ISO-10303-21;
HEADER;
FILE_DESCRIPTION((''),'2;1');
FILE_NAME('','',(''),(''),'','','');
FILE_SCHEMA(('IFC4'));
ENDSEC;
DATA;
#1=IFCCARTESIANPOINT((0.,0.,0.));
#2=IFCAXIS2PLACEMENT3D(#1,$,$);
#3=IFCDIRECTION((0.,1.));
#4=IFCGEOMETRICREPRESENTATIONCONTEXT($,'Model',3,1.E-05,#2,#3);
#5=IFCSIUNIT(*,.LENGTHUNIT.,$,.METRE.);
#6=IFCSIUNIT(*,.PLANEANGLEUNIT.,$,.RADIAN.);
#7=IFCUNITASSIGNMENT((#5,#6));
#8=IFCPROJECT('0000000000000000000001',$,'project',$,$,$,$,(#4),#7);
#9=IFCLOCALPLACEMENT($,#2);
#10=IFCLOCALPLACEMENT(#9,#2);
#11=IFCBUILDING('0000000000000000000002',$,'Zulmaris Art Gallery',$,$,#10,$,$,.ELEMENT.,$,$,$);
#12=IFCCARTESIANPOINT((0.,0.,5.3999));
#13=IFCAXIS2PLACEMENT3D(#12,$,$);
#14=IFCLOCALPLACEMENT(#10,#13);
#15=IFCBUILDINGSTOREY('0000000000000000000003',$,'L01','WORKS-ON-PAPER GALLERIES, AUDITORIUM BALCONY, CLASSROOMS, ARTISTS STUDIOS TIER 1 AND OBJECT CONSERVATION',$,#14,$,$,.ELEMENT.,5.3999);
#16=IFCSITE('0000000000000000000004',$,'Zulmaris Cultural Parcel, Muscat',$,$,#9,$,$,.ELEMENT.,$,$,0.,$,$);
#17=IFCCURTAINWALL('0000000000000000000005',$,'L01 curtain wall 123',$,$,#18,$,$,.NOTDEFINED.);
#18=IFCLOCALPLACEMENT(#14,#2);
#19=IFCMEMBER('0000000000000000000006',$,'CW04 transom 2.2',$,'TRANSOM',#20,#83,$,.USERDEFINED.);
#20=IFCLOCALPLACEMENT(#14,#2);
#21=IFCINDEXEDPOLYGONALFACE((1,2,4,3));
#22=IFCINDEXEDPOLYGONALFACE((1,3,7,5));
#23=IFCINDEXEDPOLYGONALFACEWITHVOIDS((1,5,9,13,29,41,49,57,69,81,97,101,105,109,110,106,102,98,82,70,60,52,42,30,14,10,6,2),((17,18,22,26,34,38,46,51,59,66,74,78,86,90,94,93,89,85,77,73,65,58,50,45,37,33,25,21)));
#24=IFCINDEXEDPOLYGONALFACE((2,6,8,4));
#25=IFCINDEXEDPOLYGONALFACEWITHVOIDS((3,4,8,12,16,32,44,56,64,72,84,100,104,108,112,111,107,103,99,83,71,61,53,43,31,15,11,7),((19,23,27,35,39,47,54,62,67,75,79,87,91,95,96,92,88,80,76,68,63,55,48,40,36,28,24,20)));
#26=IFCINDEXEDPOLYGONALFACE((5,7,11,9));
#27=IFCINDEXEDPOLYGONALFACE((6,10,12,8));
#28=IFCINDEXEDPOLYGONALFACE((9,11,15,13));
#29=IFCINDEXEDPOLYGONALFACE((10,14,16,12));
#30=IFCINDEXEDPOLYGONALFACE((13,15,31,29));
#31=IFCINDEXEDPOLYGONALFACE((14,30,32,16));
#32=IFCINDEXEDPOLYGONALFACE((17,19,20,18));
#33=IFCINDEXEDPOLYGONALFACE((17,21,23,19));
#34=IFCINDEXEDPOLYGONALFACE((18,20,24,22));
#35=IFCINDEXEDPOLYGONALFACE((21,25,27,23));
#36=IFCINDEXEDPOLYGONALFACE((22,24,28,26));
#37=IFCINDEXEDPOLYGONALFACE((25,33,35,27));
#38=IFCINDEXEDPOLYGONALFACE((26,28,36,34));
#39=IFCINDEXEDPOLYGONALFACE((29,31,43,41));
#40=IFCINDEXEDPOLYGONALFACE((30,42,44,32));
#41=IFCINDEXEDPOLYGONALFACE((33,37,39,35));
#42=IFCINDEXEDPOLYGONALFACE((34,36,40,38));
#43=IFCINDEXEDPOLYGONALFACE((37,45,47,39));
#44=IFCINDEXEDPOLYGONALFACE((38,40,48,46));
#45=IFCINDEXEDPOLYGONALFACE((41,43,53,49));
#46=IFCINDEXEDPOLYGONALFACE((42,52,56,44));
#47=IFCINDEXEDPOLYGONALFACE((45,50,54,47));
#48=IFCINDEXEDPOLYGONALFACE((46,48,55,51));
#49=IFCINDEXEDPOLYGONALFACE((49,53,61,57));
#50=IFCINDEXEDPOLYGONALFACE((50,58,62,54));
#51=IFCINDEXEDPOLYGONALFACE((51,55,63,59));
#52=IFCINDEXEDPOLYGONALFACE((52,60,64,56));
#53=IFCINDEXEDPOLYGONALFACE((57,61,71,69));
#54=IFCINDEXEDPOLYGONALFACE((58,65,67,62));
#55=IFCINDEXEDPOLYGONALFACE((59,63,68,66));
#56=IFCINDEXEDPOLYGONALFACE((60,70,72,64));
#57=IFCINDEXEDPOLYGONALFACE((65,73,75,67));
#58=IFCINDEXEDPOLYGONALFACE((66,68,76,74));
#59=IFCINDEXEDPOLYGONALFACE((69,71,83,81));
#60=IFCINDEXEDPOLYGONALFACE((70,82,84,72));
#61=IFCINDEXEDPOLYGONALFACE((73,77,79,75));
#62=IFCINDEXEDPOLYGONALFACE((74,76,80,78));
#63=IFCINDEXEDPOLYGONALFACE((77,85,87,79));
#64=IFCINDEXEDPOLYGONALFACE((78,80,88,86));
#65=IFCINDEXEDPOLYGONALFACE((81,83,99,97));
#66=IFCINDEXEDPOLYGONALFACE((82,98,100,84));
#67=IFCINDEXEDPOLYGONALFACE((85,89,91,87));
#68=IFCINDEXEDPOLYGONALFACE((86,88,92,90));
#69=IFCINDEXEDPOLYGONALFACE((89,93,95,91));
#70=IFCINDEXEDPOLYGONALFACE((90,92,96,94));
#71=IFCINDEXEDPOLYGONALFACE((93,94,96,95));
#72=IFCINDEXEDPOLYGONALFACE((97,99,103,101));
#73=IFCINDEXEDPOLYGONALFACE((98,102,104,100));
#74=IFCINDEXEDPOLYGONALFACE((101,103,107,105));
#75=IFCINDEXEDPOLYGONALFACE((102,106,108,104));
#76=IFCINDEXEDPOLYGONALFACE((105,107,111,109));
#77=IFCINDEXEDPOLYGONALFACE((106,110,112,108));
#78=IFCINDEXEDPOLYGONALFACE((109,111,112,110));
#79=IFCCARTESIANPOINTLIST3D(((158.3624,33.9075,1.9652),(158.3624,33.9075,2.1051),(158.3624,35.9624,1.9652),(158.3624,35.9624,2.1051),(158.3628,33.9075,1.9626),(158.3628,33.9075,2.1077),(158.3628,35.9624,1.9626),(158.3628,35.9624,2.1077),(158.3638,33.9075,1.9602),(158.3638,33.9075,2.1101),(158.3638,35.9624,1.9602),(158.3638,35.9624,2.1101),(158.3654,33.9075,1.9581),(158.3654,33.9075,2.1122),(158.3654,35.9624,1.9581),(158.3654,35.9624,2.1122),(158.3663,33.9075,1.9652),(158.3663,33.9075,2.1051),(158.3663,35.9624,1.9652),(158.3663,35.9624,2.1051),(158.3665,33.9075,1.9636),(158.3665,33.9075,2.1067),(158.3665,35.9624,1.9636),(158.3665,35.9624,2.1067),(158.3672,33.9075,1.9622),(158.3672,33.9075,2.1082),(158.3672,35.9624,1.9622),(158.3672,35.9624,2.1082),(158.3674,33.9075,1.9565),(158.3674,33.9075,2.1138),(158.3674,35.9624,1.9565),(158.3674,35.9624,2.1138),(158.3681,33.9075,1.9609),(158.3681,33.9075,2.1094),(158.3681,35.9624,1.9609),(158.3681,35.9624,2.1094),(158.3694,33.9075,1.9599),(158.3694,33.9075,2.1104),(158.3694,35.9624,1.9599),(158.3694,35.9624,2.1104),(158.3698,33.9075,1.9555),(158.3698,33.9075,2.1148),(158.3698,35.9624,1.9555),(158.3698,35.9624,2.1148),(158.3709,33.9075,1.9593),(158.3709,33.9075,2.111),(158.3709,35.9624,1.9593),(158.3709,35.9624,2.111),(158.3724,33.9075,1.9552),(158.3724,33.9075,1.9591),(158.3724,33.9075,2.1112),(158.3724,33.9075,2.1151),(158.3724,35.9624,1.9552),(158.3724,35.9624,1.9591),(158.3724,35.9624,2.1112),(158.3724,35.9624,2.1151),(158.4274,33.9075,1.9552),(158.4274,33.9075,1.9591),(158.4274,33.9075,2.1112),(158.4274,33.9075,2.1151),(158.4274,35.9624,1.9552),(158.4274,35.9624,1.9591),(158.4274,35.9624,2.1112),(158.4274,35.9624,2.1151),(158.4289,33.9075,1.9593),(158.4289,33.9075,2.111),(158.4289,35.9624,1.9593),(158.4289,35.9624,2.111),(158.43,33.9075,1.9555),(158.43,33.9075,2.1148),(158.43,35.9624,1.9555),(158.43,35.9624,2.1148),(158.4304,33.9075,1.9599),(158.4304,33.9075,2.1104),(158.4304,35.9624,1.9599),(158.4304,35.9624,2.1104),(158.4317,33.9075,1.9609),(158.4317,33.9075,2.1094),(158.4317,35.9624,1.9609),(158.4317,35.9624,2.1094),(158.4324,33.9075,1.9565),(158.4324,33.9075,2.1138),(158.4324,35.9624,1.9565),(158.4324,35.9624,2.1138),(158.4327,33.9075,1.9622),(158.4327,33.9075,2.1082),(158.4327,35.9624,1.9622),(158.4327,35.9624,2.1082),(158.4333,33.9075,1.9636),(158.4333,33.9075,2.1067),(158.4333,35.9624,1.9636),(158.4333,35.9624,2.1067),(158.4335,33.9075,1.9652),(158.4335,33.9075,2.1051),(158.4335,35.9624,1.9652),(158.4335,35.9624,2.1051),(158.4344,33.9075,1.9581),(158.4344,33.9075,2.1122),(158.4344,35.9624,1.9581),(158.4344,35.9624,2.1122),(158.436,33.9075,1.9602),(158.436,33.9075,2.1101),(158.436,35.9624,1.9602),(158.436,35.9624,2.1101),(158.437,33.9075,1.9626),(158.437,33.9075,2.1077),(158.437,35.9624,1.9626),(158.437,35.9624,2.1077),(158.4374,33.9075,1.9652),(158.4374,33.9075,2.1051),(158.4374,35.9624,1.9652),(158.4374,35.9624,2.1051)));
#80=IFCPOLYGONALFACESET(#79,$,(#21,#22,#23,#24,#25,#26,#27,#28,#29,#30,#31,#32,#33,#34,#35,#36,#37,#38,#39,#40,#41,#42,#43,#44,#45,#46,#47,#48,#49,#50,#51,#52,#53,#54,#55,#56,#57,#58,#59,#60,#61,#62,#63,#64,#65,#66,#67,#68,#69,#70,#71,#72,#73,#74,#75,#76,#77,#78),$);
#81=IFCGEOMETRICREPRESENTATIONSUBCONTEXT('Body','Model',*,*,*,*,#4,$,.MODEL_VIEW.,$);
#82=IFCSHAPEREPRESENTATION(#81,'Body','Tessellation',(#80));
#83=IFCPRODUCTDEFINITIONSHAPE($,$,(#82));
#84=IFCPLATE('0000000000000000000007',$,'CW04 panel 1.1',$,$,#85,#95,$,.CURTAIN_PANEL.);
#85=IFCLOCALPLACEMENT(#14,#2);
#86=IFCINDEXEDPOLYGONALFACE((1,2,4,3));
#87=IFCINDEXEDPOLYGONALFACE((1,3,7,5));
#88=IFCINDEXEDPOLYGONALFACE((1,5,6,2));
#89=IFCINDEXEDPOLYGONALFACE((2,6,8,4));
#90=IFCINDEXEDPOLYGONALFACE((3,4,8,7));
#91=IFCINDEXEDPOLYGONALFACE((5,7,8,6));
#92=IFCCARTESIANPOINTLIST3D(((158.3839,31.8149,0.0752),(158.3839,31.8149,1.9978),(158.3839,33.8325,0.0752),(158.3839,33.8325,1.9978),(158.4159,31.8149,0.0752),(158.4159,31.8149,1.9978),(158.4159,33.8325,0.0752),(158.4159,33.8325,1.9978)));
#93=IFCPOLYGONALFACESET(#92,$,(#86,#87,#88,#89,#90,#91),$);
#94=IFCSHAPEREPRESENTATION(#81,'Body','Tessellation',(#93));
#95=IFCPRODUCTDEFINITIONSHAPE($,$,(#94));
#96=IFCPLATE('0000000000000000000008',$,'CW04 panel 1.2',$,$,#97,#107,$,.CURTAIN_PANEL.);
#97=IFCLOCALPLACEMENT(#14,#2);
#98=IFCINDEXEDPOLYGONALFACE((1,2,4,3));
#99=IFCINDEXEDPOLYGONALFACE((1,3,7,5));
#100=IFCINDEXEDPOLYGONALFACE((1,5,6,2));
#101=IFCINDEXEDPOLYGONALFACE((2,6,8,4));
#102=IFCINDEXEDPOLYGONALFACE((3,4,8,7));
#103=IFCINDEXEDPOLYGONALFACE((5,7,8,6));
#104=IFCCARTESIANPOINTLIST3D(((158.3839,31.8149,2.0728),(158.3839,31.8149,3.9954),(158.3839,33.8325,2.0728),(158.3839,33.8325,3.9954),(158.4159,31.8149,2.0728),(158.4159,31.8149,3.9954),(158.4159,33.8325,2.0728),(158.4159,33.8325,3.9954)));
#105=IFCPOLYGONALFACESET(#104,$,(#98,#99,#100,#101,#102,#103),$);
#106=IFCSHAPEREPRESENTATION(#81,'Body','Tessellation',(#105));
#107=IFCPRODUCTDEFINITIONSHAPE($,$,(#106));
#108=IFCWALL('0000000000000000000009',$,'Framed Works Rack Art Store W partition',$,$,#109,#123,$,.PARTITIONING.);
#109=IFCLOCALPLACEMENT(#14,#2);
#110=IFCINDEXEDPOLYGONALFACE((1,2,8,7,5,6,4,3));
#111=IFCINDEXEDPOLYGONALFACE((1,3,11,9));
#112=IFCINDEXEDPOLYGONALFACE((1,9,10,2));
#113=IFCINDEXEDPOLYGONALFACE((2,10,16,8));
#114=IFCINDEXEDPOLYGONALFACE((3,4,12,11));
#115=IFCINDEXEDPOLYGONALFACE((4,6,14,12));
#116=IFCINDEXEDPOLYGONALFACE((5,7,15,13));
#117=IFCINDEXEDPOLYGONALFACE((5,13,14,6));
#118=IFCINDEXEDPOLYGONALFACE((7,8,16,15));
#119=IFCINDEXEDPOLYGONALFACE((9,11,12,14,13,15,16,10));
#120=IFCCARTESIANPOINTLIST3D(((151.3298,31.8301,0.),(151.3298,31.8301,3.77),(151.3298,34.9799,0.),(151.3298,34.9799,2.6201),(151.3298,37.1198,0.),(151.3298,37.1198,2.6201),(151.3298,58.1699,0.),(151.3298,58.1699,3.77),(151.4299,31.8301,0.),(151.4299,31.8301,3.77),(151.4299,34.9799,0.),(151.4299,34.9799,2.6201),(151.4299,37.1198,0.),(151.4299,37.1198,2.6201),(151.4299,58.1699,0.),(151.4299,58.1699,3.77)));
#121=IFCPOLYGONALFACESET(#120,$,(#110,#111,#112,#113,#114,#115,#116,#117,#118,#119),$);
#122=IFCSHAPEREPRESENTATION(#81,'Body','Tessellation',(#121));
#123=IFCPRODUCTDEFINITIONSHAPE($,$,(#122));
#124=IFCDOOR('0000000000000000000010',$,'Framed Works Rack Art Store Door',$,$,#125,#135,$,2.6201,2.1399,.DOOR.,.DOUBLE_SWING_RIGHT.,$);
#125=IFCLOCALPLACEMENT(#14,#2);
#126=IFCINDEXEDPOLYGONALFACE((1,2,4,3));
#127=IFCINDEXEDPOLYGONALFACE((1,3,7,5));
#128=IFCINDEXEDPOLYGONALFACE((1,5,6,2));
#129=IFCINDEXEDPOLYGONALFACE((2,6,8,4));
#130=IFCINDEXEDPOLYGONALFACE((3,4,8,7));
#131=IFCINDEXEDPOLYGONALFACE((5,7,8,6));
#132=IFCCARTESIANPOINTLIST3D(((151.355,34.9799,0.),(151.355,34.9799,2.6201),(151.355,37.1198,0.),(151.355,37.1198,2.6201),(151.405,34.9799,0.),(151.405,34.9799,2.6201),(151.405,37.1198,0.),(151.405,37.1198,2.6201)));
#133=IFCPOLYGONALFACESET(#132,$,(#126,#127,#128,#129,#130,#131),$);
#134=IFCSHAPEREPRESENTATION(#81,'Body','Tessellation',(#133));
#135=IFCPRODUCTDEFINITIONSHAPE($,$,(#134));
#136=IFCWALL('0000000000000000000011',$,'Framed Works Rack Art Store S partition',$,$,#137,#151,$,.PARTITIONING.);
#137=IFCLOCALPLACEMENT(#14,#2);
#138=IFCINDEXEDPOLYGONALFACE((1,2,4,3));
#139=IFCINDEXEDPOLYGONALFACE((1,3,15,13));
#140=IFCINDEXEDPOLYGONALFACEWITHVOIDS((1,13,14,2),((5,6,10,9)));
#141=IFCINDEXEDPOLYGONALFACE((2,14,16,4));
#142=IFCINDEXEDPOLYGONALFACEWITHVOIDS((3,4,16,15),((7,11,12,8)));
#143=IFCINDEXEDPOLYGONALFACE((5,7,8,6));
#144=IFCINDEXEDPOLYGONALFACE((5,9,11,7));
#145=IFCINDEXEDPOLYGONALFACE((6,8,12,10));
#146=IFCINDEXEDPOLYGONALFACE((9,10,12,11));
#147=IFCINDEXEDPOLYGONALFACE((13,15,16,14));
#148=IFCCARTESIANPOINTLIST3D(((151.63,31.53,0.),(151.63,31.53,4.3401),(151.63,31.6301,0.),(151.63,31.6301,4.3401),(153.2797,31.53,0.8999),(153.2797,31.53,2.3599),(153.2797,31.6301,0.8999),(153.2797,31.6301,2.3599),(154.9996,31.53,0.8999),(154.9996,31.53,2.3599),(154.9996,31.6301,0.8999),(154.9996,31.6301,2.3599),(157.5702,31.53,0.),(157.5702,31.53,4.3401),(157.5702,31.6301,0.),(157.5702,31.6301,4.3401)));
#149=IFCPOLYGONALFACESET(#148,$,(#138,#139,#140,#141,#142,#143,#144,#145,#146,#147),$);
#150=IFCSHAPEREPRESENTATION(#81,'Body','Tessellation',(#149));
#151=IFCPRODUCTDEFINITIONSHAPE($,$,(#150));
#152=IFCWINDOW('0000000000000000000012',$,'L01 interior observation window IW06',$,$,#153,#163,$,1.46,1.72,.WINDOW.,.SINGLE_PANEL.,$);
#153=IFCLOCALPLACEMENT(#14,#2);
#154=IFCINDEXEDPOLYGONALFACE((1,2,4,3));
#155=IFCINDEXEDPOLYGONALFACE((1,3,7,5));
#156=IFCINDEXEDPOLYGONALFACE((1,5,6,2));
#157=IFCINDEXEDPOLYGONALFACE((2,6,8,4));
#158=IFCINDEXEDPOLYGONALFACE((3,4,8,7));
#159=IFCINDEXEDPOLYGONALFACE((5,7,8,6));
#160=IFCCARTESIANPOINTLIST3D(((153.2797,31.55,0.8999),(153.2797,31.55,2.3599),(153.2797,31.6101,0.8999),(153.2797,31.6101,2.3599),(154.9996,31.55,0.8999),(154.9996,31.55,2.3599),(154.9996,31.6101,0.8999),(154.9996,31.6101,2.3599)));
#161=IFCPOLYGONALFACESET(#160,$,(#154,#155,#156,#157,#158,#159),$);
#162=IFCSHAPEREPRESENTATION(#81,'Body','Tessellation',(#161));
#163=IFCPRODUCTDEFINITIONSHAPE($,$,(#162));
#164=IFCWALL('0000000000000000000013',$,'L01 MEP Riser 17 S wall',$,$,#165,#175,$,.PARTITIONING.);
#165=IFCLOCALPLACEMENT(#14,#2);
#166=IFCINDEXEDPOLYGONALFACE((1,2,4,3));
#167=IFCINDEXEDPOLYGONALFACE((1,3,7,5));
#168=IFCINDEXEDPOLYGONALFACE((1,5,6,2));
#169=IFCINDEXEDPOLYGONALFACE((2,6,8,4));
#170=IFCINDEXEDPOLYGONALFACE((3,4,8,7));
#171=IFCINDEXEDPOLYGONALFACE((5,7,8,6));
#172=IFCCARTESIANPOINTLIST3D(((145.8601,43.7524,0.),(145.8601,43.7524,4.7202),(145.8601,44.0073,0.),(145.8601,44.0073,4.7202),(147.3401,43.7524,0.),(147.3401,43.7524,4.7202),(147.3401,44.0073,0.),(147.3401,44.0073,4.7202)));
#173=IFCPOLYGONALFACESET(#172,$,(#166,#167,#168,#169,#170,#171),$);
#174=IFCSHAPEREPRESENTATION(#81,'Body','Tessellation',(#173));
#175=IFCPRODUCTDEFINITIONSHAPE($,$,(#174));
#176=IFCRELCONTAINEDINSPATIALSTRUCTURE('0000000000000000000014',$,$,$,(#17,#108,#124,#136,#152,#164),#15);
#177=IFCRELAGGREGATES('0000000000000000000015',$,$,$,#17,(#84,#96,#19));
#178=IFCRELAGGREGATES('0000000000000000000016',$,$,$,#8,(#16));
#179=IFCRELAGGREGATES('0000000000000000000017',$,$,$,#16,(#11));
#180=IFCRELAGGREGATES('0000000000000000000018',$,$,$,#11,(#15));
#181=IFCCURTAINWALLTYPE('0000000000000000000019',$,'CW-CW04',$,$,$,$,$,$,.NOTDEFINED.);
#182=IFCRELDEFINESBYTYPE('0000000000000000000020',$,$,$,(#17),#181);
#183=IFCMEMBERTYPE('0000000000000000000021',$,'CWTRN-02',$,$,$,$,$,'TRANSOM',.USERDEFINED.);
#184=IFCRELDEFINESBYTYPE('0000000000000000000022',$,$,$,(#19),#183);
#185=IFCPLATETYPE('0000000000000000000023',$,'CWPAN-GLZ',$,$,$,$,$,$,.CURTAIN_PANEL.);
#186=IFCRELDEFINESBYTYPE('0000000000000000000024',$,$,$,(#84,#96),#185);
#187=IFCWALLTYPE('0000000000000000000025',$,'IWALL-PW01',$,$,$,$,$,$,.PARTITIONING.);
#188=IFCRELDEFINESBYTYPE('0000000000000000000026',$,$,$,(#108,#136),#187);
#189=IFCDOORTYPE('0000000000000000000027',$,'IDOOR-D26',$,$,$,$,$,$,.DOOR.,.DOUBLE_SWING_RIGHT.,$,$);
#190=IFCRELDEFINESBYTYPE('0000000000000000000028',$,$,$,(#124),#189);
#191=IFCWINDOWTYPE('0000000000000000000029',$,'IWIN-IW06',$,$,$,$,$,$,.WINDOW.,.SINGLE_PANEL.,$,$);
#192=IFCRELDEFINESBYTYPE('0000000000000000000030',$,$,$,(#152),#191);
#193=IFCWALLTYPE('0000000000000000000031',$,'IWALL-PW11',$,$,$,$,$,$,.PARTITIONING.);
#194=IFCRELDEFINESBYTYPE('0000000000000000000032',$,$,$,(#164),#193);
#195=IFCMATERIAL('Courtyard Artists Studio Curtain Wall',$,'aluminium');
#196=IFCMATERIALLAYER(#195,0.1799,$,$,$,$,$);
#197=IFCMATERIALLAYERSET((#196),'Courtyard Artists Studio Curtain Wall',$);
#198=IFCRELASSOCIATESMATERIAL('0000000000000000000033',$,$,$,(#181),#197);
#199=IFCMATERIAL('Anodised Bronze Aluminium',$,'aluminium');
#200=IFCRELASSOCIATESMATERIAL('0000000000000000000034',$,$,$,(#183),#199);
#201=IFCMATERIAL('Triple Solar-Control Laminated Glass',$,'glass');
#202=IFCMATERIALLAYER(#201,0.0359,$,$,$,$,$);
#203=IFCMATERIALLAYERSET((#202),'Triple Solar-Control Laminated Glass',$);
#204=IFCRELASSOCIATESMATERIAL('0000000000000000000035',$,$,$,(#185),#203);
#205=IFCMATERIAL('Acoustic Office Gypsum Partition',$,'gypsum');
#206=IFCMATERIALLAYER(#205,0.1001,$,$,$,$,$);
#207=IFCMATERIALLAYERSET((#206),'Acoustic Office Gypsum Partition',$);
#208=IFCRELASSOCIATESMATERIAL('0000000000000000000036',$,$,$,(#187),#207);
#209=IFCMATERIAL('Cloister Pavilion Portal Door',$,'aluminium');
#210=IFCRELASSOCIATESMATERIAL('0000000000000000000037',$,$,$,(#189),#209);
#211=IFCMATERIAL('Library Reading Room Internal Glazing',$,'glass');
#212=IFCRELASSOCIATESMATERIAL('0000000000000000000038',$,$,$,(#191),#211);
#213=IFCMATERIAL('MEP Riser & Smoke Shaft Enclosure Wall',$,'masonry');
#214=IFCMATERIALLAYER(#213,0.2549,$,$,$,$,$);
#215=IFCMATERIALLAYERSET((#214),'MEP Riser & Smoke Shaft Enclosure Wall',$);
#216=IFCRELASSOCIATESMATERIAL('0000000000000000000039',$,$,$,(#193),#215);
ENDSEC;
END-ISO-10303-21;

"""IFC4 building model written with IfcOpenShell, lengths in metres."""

from ifc_helpers import new_model, si_unit, direction, frame, frame_2d, origin, origin_2d, place, context, subcontext, project, spatial, rectangle, hollow_rectangle, extrude, material, layer, layer_set, material_profile, profile_set, type_object, element, fill, aggregate, save


model = new_model("IFC4")

# Units and contexts
model_context = context("Model", 3, precision=1e-05, world=origin(), true_north=direction((0.0, 1.0)))
body_context = subcontext(model_context, "Body", "Model", "MODEL_VIEW")
ifc_project = project(units=[si_unit("LENGTHUNIT", "METRE"), si_unit("PLANEANGLEUNIT", "RADIAN")], contexts=[model_context])

# Site, building, storey
site_placement = place(None, origin())
site = spatial("IfcSite", under=ifc_project, at=site_placement, Name="Zulmaris Cultural Parcel, Muscat", CompositionType="ELEMENT", RefElevation=0.0)
building_placement = place(site_placement, origin())
building = spatial("IfcBuilding", under=site, at=building_placement, Name="Zulmaris Art Gallery", CompositionType="ELEMENT")
storey_placement = place(building_placement, frame((0.0, 0.0, 5.3999)))
storey = spatial("IfcBuildingStorey", under=building, at=storey_placement, Name="L01", Description="WORKS-ON-PAPER GALLERIES, AUDITORIUM BALCONY, CLASSROOMS, ARTISTS STUDIOS TIER 1 AND OBJECT CONSERVATION", CompositionType="ELEMENT", Elevation=5.3999)

# Curtain wall, member, plates
ifc_material_1 = material(Name="Courtyard Artists Studio Curtain Wall", Category="aluminium")
ifc_layer_1 = layer(ifc_material_1, 0.1799)
ifc_layer_set_1 = layer_set([ifc_layer_1], Name="Courtyard Artists Studio Curtain Wall")
curtain_wall_type = type_object("IfcCurtainWallType", Name="CW-CW04", PredefinedType="NOTDEFINED", material=ifc_layer_set_1)
curtain_wall_placement = place(storey_placement, origin())
curtain_wall = element("IfcCurtainWall", 1, at=curtain_wall_placement, inside=storey, type_object=curtain_wall_type, Name="L01 curtain wall 123", PredefinedType="NOTDEFINED")
ifc_material_2 = material(Name="Anodised Bronze Aluminium", Category="aluminium")
ifc_material_profile_1 = material_profile(ifc_material_2, hollow_rectangle(XDim=0.075, YDim=0.1599, WallThickness=0.0039, InnerFilletRadius=0.0061, OuterFilletRadius=0.01, at=origin_2d()), Name="ALU 75x160x4")
ifc_profile_set_1 = profile_set([ifc_material_profile_1], Name="Anodised Bronze Aluminium")
member_type_1 = type_object("IfcMemberType", Name="CWTRN-02", ElementType="TRANSOM", PredefinedType="USERDEFINED", material=ifc_profile_set_1)
member_1_placement = place(storey_placement, frame((158.3999, 33.9075, 2.0352), z_axis=(0.0, 1.0, 0.0), x_axis=(-1.0, 0.0, 0.0)))
member_1 = element("IfcMember", 2, at=member_1_placement, type_object=member_type_1, Name="CW04 transom 2.2", ObjectType="TRANSOM", PredefinedType="USERDEFINED", context=body_context, shape_type="SweptSolid", body=[
    extrude(hollow_rectangle(XDim=0.075, YDim=0.1599, WallThickness=0.0039, InnerFilletRadius=0.0061, OuterFilletRadius=0.01, at=origin_2d()), origin(), (0.0, 0.0, 1.0), 2.0549),
])
ifc_material_3 = material(Name="Triple Solar-Control Laminated Glass", Category="glass")
ifc_layer_2 = layer(ifc_material_3, 0.0359)
ifc_layer_set_2 = layer_set([ifc_layer_2], Name="Triple Solar-Control Laminated Glass")
plate_type = type_object("IfcPlateType", Name="CWPAN-GLZ", PredefinedType="CURTAIN_PANEL", material=ifc_layer_set_2)
plate_1_placement = place(storey_placement, frame((158.3999, 32.8237, 0.0752), z_axis=(0.0, 0.0, 1.0), x_axis=(0.0, 1.0, 0.0)))
plate_1 = element("IfcPlate", 3, at=plate_1_placement, type_object=plate_type, Name="CW04 panel 1.1", PredefinedType="CURTAIN_PANEL", context=body_context, shape_type="SweptSolid", body=[
    extrude(rectangle(XDim=2.0176, YDim=0.032, at=origin_2d()), origin(), (0.0, 0.0, 1.0), 1.9226),
])
plate_2_placement = place(storey_placement, frame((158.3999, 32.8237, 2.0728), z_axis=(0.0, 0.0, 1.0), x_axis=(0.0, 1.0, 0.0)))
plate_2 = element("IfcPlate", 4, at=plate_2_placement, type_object=plate_type, Name="CW04 panel 1.2", PredefinedType="CURTAIN_PANEL", context=body_context, shape_type="SweptSolid", body=[
    extrude(rectangle(XDim=2.0176, YDim=0.032, at=origin_2d()), origin(), (0.0, 0.0, 1.0), 1.9226),
])
aggregate(curtain_wall, [plate_1, plate_2, member_1])

# Wall, opening, door
ifc_material_4 = material(Name="Acoustic Office Gypsum Partition", Category="gypsum")
ifc_layer_3 = layer(ifc_material_4, 0.1001)
ifc_layer_set_3 = layer_set([ifc_layer_3], Name="Acoustic Office Gypsum Partition")
wall_type_1 = type_object("IfcWallType", Name="IWALL-PW01", PredefinedType="PARTITIONING", material=ifc_layer_set_3)
wall_1_placement = place(storey_placement, frame((151.3799, 31.8301, 0.0), z_axis=(0.0, 0.0, 1.0), x_axis=(0.0, 1.0, 0.0)))
wall_1 = element("IfcWall", 5, at=wall_1_placement, inside=storey, type_object=wall_type_1, Name="Framed Works Rack Art Store W partition", PredefinedType="PARTITIONING", context=body_context, shape_type="SweptSolid", body=[
    extrude(rectangle(XDim=26.3398, YDim=0.1001, at=frame_2d((13.1699, 0.0))), origin(), (0.0, 0.0, 1.0), 3.77),
])
opening_1_placement = place(wall_1_placement, frame((3.1499, 0.0, 0.0)))
opening_1 = element("IfcOpeningElement", 6, at=opening_1_placement, cuts=wall_1, PredefinedType="OPENING", context=body_context, shape_type="SweptSolid", body=[
    extrude(rectangle(XDim=2.1399, YDim=2.6201, at=frame_2d((1.0698, 1.3101))), frame((0.0, 0.0601, 0.0), z_axis=(0.0, -1.0, 0.0), x_axis=(1.0, 0.0, 0.0)), (0.0, 0.0, 1.0), 0.1201),
])
ifc_material_5 = material(Name="Cloister Pavilion Portal Door", Category="aluminium")
door_type = type_object("IfcDoorType", Name="IDOOR-D26", OperationType="DOUBLE_SWING_RIGHT", PredefinedType="DOOR", material=ifc_material_5)
door_placement = place(opening_1_placement, origin())
door = element("IfcDoor", 7, at=door_placement, inside=storey, type_object=door_type, Name="Framed Works Rack Art Store Door", OperationType="DOUBLE_SWING_RIGHT", OverallHeight=2.6201, OverallWidth=2.1399, PredefinedType="DOOR", context=body_context, shape_type="SweptSolid", body=[
    extrude(rectangle(XDim=2.1399, YDim=2.6201, at=frame_2d((1.0698, 1.3101))), frame((0.0, 0.0249, 0.0), z_axis=(0.0, -1.0, 0.0), x_axis=(1.0, 0.0, 0.0)), (0.0, 0.0, 1.0), 0.05),
])
fill(opening_1, door)

# Wall, opening, window
wall_2_placement = place(storey_placement, frame((151.6299, 31.5801, 0.0), z_axis=(0.0, 0.0, 1.0), x_axis=(1.0, 0.0, 0.0)))
wall_2 = element("IfcWall", 8, at=wall_2_placement, inside=storey, type_object=wall_type_1, Name="Framed Works Rack Art Store S partition", PredefinedType="PARTITIONING", context=body_context, shape_type="SweptSolid", body=[
    extrude(rectangle(XDim=5.9402, YDim=0.1001, at=frame_2d((2.9702, 0.0))), origin(), (0.0, 0.0, 1.0), 4.3401),
])
opening_2_placement = place(wall_2_placement, frame((1.6499, 0.0, 0.8999)))
opening_2 = element("IfcOpeningElement", 9, at=opening_2_placement, cuts=wall_2, PredefinedType="OPENING", context=body_context, shape_type="SweptSolid", body=[
    extrude(rectangle(XDim=1.72, YDim=1.46, at=frame_2d((0.8599, 0.73))), frame((0.0, 0.0601, 0.0), z_axis=(0.0, -1.0, 0.0), x_axis=(1.0, 0.0, 0.0)), (0.0, 0.0, 1.0), 0.1201),
])
ifc_material_6 = material(Name="Library Reading Room Internal Glazing", Category="glass")
window_type = type_object("IfcWindowType", Name="IWIN-IW06", PartitioningType="SINGLE_PANEL", PredefinedType="WINDOW", material=ifc_material_6)
window_placement = place(opening_2_placement, origin())
window = element("IfcWindow", 10, at=window_placement, inside=storey, type_object=window_type, Name="L01 interior observation window IW06", OverallHeight=1.46, OverallWidth=1.72, PartitioningType="SINGLE_PANEL", PredefinedType="WINDOW", context=body_context, shape_type="SweptSolid", body=[
    extrude(rectangle(XDim=1.72, YDim=1.46, at=frame_2d((0.8599, 0.73))), frame((0.0, 0.03, 0.0), z_axis=(0.0, -1.0, 0.0), x_axis=(1.0, 0.0, 0.0)), (0.0, 0.0, 1.0), 0.0601),
])
fill(opening_2, window)

# Wall
ifc_material_7 = material(Name="MEP Riser & Smoke Shaft Enclosure Wall", Category="masonry")
ifc_layer_4 = layer(ifc_material_7, 0.2549)
ifc_layer_set_4 = layer_set([ifc_layer_4], Name="MEP Riser & Smoke Shaft Enclosure Wall")
wall_type_2 = type_object("IfcWallType", Name="IWALL-PW11", PredefinedType="PARTITIONING", material=ifc_layer_set_4)
wall_3_placement = place(storey_placement, frame((145.8601, 43.8799, 0.0), z_axis=(0.0, 0.0, 1.0), x_axis=(1.0, 0.0, 0.0)))
element("IfcWall", 11, at=wall_3_placement, inside=storey, type_object=wall_type_2, Name="L01 MEP Riser 17 S wall", PredefinedType="PARTITIONING", context=body_context, shape_type="SweptSolid", body=[
    extrude(rectangle(XDim=1.48, YDim=0.2549, at=frame_2d((0.74, 0.0))), origin(), (0.0, 0.0, 1.0), 4.7202),
])

save(model, "model.ifc")
